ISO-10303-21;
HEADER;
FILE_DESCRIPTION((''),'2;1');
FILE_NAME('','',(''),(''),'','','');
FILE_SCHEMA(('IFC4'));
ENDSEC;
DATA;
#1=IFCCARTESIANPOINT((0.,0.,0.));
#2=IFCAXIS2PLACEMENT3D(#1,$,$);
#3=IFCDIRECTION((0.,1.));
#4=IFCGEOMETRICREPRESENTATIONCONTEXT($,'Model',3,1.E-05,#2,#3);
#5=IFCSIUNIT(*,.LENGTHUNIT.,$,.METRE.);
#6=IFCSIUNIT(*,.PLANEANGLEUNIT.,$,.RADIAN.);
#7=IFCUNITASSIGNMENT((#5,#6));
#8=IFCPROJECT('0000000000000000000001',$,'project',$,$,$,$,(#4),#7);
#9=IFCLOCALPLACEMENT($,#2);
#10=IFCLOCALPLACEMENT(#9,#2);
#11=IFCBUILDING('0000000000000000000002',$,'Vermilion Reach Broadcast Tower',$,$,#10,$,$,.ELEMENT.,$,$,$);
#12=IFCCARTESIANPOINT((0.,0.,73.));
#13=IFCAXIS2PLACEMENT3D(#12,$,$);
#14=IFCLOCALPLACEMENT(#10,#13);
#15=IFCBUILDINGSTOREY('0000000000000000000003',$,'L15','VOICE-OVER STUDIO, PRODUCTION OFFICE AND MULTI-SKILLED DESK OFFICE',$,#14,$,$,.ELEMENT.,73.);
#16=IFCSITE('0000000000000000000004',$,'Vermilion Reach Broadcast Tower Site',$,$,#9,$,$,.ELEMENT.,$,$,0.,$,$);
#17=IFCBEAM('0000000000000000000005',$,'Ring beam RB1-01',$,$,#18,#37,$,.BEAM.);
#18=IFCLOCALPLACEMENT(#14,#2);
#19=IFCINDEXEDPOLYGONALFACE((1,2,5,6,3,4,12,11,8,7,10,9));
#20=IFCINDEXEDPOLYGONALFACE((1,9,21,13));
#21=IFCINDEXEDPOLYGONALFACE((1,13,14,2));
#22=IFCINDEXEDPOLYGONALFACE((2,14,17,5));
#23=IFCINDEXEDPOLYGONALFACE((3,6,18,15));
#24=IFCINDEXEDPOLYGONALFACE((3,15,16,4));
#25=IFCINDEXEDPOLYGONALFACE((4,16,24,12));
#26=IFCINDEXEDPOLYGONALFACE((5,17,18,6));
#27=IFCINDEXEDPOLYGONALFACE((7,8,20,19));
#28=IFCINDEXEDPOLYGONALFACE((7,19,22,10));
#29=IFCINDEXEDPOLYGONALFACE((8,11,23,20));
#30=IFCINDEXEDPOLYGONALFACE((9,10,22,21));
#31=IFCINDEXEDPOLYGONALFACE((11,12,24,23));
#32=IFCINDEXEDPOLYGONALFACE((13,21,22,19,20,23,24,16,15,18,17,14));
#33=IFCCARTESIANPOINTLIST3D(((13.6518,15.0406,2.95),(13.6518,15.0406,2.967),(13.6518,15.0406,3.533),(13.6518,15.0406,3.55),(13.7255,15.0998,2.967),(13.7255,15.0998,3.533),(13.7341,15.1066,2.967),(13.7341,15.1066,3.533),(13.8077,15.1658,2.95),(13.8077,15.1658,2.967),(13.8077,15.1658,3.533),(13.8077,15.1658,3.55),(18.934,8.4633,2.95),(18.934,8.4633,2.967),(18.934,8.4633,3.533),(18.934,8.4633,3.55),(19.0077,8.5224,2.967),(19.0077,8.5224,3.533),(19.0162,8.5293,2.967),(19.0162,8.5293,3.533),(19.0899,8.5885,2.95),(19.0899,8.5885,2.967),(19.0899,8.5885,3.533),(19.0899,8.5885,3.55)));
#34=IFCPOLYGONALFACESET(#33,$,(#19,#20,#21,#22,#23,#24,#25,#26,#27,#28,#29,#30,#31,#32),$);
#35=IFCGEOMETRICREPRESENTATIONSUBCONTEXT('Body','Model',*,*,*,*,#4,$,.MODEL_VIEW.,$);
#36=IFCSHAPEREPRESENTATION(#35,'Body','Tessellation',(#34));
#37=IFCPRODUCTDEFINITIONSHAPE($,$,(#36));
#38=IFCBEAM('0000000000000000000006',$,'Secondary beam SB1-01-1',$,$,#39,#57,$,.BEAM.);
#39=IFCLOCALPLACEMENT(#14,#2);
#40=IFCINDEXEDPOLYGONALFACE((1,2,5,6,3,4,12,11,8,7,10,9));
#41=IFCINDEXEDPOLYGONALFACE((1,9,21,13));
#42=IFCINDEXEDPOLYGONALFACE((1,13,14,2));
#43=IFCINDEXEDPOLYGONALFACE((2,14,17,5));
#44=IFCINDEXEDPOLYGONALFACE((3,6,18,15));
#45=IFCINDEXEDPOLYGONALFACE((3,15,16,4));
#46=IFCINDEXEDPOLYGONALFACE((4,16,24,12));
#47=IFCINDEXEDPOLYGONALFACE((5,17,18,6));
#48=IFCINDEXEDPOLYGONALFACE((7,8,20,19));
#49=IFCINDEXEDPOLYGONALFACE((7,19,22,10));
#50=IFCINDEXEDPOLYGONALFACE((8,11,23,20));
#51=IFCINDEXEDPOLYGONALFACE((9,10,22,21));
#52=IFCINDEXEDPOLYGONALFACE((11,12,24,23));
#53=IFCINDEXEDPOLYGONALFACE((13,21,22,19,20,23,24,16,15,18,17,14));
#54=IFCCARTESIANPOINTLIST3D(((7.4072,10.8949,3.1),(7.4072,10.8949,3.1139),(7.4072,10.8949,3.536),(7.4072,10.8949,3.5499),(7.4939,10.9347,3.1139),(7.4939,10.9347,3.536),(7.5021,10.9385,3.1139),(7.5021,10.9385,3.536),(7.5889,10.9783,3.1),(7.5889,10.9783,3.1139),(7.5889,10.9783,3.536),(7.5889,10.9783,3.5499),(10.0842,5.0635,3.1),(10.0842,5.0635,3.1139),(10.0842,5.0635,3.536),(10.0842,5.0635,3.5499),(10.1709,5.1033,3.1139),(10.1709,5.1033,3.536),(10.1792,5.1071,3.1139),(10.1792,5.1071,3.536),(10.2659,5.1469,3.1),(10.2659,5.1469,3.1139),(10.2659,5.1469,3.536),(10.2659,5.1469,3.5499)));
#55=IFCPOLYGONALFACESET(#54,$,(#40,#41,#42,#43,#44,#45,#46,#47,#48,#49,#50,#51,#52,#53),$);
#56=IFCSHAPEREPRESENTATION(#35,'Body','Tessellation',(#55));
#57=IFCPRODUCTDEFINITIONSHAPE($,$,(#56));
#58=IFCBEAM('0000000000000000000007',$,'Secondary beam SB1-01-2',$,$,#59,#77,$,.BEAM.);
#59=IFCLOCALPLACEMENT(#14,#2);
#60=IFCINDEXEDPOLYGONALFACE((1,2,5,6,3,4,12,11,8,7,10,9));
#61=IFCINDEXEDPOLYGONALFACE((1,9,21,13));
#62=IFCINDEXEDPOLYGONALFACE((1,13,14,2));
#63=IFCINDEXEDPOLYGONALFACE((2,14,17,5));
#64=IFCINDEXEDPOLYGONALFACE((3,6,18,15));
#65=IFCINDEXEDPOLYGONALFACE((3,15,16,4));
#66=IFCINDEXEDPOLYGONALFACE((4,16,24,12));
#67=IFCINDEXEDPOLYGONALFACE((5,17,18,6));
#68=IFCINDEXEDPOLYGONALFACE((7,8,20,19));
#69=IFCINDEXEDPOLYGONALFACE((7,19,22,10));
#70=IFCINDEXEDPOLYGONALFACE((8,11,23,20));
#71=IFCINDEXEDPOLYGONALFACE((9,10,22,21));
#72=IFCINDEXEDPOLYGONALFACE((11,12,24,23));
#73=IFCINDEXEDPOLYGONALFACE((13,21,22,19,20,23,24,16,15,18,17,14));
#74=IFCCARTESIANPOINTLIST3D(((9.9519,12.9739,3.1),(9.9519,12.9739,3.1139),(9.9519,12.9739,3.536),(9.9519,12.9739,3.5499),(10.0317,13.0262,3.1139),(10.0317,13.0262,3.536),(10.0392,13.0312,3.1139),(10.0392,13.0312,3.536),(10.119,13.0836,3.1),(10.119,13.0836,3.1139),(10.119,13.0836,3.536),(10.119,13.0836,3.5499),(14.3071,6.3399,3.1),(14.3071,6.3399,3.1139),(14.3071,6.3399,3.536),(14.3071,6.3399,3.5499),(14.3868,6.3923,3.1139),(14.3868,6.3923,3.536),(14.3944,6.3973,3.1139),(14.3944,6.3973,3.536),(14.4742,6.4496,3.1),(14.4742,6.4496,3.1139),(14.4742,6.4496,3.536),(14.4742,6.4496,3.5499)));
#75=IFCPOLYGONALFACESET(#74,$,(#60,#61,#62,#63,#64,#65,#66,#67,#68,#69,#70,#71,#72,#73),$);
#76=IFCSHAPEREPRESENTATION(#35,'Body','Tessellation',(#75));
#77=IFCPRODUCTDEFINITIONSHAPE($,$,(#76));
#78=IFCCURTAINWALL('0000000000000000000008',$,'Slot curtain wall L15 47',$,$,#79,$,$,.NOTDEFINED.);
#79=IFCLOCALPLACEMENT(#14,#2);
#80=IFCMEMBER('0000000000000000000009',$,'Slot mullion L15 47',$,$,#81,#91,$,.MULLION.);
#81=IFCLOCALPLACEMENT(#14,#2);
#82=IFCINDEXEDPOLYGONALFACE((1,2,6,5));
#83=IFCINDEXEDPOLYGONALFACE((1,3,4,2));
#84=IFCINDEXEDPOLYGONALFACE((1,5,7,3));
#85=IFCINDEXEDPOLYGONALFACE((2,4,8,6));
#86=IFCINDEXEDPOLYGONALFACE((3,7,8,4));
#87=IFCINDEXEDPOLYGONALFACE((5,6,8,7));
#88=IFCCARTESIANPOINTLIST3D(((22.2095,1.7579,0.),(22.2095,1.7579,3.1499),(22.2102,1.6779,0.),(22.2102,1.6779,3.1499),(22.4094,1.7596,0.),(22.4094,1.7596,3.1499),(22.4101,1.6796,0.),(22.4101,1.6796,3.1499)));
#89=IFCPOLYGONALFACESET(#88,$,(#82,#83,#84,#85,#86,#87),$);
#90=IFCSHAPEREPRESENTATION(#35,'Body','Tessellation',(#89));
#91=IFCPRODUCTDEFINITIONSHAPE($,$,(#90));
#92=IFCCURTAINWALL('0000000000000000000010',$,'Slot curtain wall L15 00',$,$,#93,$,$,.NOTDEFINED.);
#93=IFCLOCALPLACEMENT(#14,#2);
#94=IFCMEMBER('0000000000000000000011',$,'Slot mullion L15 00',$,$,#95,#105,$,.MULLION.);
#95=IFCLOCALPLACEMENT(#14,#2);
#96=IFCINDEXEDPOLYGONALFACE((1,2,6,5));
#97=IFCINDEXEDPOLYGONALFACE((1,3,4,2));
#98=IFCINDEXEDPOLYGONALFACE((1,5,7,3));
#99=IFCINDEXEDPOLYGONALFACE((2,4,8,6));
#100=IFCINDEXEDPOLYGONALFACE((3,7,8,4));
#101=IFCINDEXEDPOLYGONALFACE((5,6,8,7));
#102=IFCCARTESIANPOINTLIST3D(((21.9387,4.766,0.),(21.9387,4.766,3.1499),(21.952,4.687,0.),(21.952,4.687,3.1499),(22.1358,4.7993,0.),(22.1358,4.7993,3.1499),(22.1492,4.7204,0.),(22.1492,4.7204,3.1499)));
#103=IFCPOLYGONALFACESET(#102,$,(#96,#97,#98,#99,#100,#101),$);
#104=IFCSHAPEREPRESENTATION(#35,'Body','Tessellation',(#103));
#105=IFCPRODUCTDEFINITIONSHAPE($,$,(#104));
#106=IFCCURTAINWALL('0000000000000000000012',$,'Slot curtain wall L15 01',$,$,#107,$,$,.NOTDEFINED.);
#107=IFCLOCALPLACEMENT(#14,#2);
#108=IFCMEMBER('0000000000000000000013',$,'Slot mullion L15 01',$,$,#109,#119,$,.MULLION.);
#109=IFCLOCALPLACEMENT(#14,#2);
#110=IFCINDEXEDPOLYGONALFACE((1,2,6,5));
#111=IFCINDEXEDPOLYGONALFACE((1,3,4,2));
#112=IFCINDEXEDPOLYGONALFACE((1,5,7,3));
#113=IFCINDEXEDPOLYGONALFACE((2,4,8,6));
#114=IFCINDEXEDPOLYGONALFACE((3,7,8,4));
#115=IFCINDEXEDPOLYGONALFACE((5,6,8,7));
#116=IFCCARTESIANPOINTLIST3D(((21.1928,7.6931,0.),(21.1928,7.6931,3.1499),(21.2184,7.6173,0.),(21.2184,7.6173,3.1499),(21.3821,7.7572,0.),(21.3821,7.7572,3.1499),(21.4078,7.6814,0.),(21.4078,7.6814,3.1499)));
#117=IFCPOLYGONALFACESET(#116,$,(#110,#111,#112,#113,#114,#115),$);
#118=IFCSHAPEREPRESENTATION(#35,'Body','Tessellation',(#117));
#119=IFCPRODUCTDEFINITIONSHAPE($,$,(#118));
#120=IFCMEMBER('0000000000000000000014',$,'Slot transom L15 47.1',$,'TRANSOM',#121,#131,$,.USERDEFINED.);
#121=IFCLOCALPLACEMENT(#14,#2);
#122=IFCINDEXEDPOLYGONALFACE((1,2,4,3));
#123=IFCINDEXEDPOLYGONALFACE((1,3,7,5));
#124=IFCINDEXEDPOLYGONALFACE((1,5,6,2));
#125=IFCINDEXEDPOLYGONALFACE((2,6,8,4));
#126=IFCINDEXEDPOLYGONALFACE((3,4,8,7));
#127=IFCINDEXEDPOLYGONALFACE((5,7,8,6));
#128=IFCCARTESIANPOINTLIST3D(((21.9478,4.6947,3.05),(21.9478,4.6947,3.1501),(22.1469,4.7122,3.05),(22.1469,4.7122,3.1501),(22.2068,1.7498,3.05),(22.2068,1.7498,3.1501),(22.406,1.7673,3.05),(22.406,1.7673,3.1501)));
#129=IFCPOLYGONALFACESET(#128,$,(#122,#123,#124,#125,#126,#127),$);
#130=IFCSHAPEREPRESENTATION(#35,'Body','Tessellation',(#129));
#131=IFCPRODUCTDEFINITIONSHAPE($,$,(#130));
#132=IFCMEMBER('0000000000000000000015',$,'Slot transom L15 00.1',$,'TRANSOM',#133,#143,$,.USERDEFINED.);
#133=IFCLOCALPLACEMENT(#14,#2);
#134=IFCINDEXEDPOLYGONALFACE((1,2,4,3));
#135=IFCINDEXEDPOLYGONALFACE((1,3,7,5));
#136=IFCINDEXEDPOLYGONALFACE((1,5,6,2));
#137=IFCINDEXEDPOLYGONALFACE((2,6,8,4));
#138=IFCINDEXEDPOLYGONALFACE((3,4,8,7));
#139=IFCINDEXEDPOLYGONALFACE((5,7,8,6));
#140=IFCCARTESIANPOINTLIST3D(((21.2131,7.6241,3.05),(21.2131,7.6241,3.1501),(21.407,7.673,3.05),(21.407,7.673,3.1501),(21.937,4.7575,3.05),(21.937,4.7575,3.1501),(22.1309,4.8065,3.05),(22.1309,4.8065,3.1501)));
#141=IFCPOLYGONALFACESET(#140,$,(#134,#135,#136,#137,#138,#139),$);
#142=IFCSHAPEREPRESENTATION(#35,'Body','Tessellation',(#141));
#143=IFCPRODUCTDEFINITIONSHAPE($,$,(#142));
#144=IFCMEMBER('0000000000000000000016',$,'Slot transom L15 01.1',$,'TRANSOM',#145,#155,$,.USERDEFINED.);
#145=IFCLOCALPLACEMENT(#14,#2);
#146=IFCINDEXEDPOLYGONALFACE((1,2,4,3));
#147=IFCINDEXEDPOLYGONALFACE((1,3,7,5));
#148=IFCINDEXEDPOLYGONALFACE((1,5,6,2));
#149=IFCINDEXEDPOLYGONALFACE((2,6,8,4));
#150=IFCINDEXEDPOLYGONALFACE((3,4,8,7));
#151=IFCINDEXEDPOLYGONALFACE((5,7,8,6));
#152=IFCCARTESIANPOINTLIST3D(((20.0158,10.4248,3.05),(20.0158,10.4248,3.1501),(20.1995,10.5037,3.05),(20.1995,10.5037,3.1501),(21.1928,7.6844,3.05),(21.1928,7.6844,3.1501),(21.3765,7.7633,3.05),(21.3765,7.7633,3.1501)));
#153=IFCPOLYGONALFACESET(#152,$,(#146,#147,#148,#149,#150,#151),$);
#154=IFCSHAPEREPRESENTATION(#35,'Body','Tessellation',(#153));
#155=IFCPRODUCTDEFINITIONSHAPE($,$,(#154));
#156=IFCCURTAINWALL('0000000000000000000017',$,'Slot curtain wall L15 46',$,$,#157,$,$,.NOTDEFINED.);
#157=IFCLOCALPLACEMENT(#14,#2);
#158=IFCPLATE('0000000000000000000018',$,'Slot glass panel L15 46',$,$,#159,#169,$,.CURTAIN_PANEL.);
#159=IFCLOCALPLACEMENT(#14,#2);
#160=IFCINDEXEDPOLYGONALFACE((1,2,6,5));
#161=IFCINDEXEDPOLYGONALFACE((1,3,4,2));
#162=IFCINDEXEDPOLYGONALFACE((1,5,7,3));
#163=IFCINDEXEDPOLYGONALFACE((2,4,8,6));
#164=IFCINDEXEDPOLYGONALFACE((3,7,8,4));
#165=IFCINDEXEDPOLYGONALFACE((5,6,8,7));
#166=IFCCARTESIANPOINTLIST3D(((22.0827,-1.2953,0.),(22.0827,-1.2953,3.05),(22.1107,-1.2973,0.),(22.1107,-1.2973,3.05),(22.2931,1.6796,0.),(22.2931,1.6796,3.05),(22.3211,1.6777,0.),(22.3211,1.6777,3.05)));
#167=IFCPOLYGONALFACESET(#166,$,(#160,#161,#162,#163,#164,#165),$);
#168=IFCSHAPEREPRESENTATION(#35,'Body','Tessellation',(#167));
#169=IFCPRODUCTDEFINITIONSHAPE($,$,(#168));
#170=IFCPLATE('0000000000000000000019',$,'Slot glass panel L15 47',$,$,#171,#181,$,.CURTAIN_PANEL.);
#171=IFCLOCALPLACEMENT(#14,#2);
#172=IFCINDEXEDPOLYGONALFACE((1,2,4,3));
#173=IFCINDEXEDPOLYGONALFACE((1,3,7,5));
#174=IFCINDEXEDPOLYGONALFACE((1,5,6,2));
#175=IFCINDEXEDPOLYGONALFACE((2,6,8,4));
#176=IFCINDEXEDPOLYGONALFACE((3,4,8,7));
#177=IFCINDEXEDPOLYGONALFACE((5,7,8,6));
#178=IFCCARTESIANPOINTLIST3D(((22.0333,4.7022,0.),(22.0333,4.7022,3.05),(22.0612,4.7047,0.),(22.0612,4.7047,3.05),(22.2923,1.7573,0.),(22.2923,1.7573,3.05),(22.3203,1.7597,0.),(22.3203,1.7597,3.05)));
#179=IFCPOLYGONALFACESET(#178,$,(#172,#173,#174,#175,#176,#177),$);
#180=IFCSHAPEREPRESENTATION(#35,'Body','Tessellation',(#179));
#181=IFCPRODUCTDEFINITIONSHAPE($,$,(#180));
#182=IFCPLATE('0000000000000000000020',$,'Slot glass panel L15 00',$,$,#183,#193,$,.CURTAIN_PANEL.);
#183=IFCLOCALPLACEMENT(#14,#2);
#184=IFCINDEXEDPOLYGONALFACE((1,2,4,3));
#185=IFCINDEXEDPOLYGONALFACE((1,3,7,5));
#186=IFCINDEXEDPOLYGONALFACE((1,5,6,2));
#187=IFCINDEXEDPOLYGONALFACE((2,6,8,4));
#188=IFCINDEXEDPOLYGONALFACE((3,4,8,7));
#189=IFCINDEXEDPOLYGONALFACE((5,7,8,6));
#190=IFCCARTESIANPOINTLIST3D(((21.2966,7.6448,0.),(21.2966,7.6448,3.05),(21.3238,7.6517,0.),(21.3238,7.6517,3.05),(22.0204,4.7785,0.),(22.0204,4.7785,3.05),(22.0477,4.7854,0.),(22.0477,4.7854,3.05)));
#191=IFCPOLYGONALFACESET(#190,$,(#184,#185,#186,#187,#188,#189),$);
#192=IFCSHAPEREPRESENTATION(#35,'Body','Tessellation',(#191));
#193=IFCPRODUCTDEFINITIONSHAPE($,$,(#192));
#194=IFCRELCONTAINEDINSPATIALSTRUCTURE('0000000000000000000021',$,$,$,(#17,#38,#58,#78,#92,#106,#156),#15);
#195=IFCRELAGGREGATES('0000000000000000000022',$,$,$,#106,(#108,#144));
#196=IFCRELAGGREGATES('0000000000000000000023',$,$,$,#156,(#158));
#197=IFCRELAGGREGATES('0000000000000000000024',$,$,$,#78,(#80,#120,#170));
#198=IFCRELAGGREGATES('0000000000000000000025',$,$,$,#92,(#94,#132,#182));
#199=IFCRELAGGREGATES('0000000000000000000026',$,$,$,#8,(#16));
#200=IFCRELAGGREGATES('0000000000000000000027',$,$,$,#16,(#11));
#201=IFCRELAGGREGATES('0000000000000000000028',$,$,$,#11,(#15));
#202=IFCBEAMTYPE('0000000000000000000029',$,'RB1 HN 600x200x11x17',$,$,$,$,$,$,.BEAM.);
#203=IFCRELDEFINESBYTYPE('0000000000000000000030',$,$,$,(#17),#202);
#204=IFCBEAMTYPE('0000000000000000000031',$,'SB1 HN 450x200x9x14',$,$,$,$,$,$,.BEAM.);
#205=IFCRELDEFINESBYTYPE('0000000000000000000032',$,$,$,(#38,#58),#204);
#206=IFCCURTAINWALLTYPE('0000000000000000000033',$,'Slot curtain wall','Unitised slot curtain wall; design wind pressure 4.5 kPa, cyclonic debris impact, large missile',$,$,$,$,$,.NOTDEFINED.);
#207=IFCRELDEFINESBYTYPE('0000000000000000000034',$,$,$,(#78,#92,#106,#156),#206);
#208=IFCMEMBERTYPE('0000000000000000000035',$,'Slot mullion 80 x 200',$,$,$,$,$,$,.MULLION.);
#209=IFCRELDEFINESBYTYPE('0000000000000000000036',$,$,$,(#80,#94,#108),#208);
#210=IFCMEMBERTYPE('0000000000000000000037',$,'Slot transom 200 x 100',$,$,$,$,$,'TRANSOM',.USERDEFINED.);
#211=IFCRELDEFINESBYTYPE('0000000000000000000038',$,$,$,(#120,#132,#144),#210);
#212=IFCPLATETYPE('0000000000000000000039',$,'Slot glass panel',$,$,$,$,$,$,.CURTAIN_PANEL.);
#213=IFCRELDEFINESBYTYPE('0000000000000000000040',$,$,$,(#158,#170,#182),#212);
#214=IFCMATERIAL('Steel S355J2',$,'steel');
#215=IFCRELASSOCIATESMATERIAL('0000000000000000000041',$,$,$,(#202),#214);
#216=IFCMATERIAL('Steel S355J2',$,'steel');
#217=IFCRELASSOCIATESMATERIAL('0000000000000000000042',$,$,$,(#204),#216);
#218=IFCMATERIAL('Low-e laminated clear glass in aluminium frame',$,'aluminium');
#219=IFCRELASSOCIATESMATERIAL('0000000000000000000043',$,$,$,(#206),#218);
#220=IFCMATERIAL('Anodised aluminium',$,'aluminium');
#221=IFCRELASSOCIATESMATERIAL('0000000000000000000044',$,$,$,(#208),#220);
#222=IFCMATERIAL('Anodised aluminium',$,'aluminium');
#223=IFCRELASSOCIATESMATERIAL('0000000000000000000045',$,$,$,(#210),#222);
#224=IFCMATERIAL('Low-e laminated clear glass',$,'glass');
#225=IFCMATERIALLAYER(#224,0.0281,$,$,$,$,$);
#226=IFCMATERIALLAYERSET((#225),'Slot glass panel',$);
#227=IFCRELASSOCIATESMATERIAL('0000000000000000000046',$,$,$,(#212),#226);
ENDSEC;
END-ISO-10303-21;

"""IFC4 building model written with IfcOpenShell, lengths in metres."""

from ifc_helpers import new_model, si_unit, direction, frame, origin, origin_2d, place, context, subcontext, project, spatial, rectangle, i_section, extrude, material, layer, layer_set, material_profile, profile_set, type_object, element, aggregate, save


model = new_model("IFC4")

# Units and contexts
model_context = context("Model", 3, precision=1e-05, world=origin(), true_north=direction((0.0, 1.0)))
body_context = subcontext(model_context, "Body", "Model", "MODEL_VIEW")
ifc_project = project(units=[si_unit("LENGTHUNIT", "METRE"), si_unit("PLANEANGLEUNIT", "RADIAN")], contexts=[model_context])

# Site, building, storey
site_placement = place(None, origin())
site = spatial("IfcSite", under=ifc_project, at=site_placement, Name="Vermilion Reach Broadcast Tower Site", CompositionType="ELEMENT", RefElevation=0.0)
building_placement = place(site_placement, origin())
building = spatial("IfcBuilding", under=site, at=building_placement, Name="Vermilion Reach Broadcast Tower", CompositionType="ELEMENT")
storey_placement = place(building_placement, frame((0.0, 0.0, 73.0)))
storey = spatial("IfcBuildingStorey", under=building, at=storey_placement, Name="L15", Description="VOICE-OVER STUDIO, PRODUCTION OFFICE AND MULTI-SKILLED DESK OFFICE", CompositionType="ELEMENT", Elevation=73.0)

# Beams
ifc_material_1 = material(Name="Steel S355J2", Category="steel")
ifc_material_profile_1 = material_profile(ifc_material_1, i_section(OverallWidth=0.2, OverallDepth=0.6001, WebThickness=0.011, FlangeThickness=0.0171, at=origin_2d()), Name="S355J2 HN 600x200x11x17")
ifc_profile_set_1 = profile_set([ifc_material_profile_1], Name="Steel S355J2")
beam_type_1 = type_object("IfcBeamType", Name="RB1 HN 600x200x11x17", PredefinedType="BEAM", material=ifc_profile_set_1)
beam_1_placement = place(storey_placement, frame((19.012, 8.5259, 3.25), z_axis=(-0.626162, 0.779693, 0.0), x_axis=(-0.779693, -0.626162, 0.0)))
element("IfcBeam", 1, at=beam_1_placement, inside=storey, type_object=beam_type_1, Name="Ring beam RB1-01", PredefinedType="BEAM", context=body_context, shape_type="SweptSolid", body=[
    extrude(i_section(OverallWidth=0.2, OverallDepth=0.6001, WebThickness=0.011, FlangeThickness=0.0171, at=origin_2d()), origin(), (0.0, 0.0, 1.0), 8.4358),
])
ifc_material_2 = material(Name="Steel S355J2", Category="steel")
ifc_material_profile_2 = material_profile(ifc_material_2, i_section(OverallWidth=0.2, OverallDepth=0.45, WebThickness=0.009, FlangeThickness=0.0139, at=origin_2d()), Name="S355J2 HN 450x200x9x14")
ifc_profile_set_2 = profile_set([ifc_material_profile_2], Name="Steel S355J2")
beam_type_2 = type_object("IfcBeamType", Name="SB1 HN 450x200x9x14", PredefinedType="BEAM", material=ifc_profile_set_2)
beam_2_placement = place(storey_placement, frame((10.175, 5.1052, 3.325), z_axis=(-0.417211, 0.908809, 0.0), x_axis=(-0.908809, -0.417211, 0.0)))
element("IfcBeam", 2, at=beam_2_placement, inside=storey, type_object=beam_type_2, Name="Secondary beam SB1-01-1", PredefinedType="BEAM", context=body_context, shape_type="SweptSolid", body=[
    extrude(i_section(OverallWidth=0.2, OverallDepth=0.45, WebThickness=0.009, FlangeThickness=0.0139, at=origin_2d()), origin(), (0.0, 0.0, 1.0), 6.4165),
])
beam_3_placement = place(storey_placement, frame((14.3906, 6.3948, 3.325), z_axis=(-0.548801, 0.835953, 0.0), x_axis=(-0.835953, -0.548801, 0.0)))
element("IfcBeam", 3, at=beam_3_placement, inside=storey, type_object=beam_type_2, Name="Secondary beam SB1-01-2", PredefinedType="BEAM", context=body_context, shape_type="SweptSolid", body=[
    extrude(i_section(OverallWidth=0.2, OverallDepth=0.45, WebThickness=0.009, FlangeThickness=0.0139, at=origin_2d()), origin(), (0.0, 0.0, 1.0), 7.9358),
])

# Curtain walls, members
ifc_material_3 = material(Name="Low-e laminated clear glass in aluminium frame", Category="aluminium")
curtain_wall_type = type_object("IfcCurtainWallType", Name="Slot curtain wall", Description="Unitised slot curtain wall; design wind pressure 4.5 kPa, cyclonic debris impact, large missile", PredefinedType="NOTDEFINED", material=ifc_material_3)
placement = place(storey_placement, origin())
curtain_wall_1 = element("IfcCurtainWall", 4, at=placement, inside=storey, type_object=curtain_wall_type, Name="Slot curtain wall L15 47", PredefinedType="NOTDEFINED")
ifc_material_4 = material(Name="Anodised aluminium", Category="aluminium")
ifc_material_profile_3 = material_profile(ifc_material_4, rectangle(XDim=0.2, YDim=0.0801, at=origin_2d()), Name="Slot mullion 80 x 200")
ifc_profile_set_3 = profile_set([ifc_material_profile_3], Name="Anodised aluminium")
member_type_1 = type_object("IfcMemberType", Name="Slot mullion 80 x 200", PredefinedType="MULLION", material=ifc_profile_set_3)
member_1_placement = place(storey_placement, frame((22.3098, 1.7188, 0.0), z_axis=(0.0, 0.0, 1.0), x_axis=(-0.999963, -0.008572, 0.0)))
member_1 = element("IfcMember", 5, at=member_1_placement, type_object=member_type_1, Name="Slot mullion L15 47", PredefinedType="MULLION", context=body_context, shape_type="SweptSolid", body=[
    extrude(rectangle(XDim=0.2, YDim=0.0801, at=origin_2d()), origin(), (0.0, 0.0, 1.0), 3.1499),
])
curtain_wall_2 = element("IfcCurtainWall", 6, at=placement, inside=storey, type_object=curtain_wall_type, Name="Slot curtain wall L15 00", PredefinedType="NOTDEFINED")
member_2_placement = place(storey_placement, frame((22.0439, 4.7432, 0.0), z_axis=(0.0, 0.0, 1.0), x_axis=(-0.985996, -0.166769, 0.0)))
member_2 = element("IfcMember", 7, at=member_2_placement, type_object=member_type_1, Name="Slot mullion L15 00", PredefinedType="MULLION", context=body_context, shape_type="SweptSolid", body=[
    extrude(rectangle(XDim=0.2, YDim=0.0801, at=origin_2d()), origin(), (0.0, 0.0, 1.0), 3.1499),
])
curtain_wall_3 = element("IfcCurtainWall", 8, at=placement, inside=storey, type_object=curtain_wall_type, Name="Slot curtain wall L15 01", PredefinedType="NOTDEFINED")
member_3_placement = place(storey_placement, frame((21.3003, 7.6873, 0.0), z_axis=(0.0, 0.0, 1.0), x_axis=(-0.947161, -0.32076, 0.0)))
member_3 = element("IfcMember", 9, at=member_3_placement, type_object=member_type_1, Name="Slot mullion L15 01", PredefinedType="MULLION", context=body_context, shape_type="SweptSolid", body=[
    extrude(rectangle(XDim=0.2, YDim=0.0801, at=origin_2d()), origin(), (0.0, 0.0, 1.0), 3.1499),
])

# Members
ifc_material_5 = material(Name="Anodised aluminium", Category="aluminium")
ifc_material_profile_4 = material_profile(ifc_material_5, rectangle(XDim=0.2, YDim=0.1001, at=origin_2d()), Name="Slot transom 200 x 100")
ifc_profile_set_4 = profile_set([ifc_material_profile_4], Name="Anodised aluminium")
member_type_2 = type_object("IfcMemberType", Name="Slot transom 200 x 100", ElementType="TRANSOM", PredefinedType="USERDEFINED", material=ifc_profile_set_4)
member_4_placement = place(storey_placement, frame((22.3064, 1.7585, 3.1001), z_axis=(-0.087624, 0.996154, 0.0), x_axis=(-0.996154, -0.087624, 0.0)))
member_4 = element("IfcMember", 10, at=member_4_placement, type_object=member_type_2, Name="Slot transom L15 47.1", ObjectType="TRANSOM", PredefinedType="USERDEFINED", context=body_context, shape_type="SweptSolid", body=[
    extrude(rectangle(XDim=0.2, YDim=0.1001, at=origin_2d()), origin(), (0.0, 0.0, 1.0), 2.9563),
])
member_5_placement = place(storey_placement, frame((22.0339, 4.782, 3.1001), z_axis=(-0.244847, 0.969562, 0.0), x_axis=(-0.969562, -0.244847, 0.0)))
member_5 = element("IfcMember", 11, at=member_5_placement, type_object=member_type_2, Name="Slot transom L15 00.1", ObjectType="TRANSOM", PredefinedType="USERDEFINED", context=body_context, shape_type="SweptSolid", body=[
    extrude(rectangle(XDim=0.2, YDim=0.1001, at=origin_2d()), origin(), (0.0, 0.0, 1.0), 2.9565),
])
member_6_placement = place(storey_placement, frame((21.2847, 7.7239, 3.1001), z_axis=(-0.39466, 0.918827, 0.0), x_axis=(-0.918827, -0.39466, 0.0)))
member_6 = element("IfcMember", 12, at=member_6_placement, type_object=member_type_2, Name="Slot transom L15 01.1", ObjectType="TRANSOM", PredefinedType="USERDEFINED", context=body_context, shape_type="SweptSolid", body=[
    extrude(rectangle(XDim=0.2, YDim=0.1001, at=origin_2d()), origin(), (0.0, 0.0, 1.0), 2.9824),
])
aggregate(curtain_wall_3, [member_3, member_6])

# Curtain wall, plate
curtain_wall_4 = element("IfcCurtainWall", 13, at=placement, inside=storey, type_object=curtain_wall_type, Name="Slot curtain wall L15 46", PredefinedType="NOTDEFINED")
ifc_material_6 = material(Name="Low-e laminated clear glass", Category="glass")
ifc_layer_1 = layer(ifc_material_6, 0.0281)
ifc_layer_set_1 = layer_set([ifc_layer_1], Name="Slot glass panel")
plate_type = type_object("IfcPlateType", Name="Slot glass panel", PredefinedType="CURTAIN_PANEL", material=ifc_layer_set_1)
plate_1_placement = place(storey_placement, frame((22.2019, 0.1912, 0.0), z_axis=(0.0, 0.0, 1.0), x_axis=(0.070532, 0.99751, 0.0)))
plate_1 = element("IfcPlate", 14, at=plate_1_placement, type_object=plate_type, Name="Slot glass panel L15 46", PredefinedType="CURTAIN_PANEL", context=body_context, shape_type="SweptSolid", body=[
    extrude(rectangle(XDim=2.9824, YDim=0.0281, at=origin_2d()), origin(), (0.0, 0.0, 1.0), 3.05),
])
aggregate(curtain_wall_4, [plate_1])

# Plates
plate_2_placement = place(storey_placement, frame((22.1768, 3.231, 0.0), z_axis=(0.0, 0.0, 1.0), x_axis=(-0.087621, 0.996154, 0.0)))
plate_2 = element("IfcPlate", 15, at=plate_2_placement, type_object=plate_type, Name="Slot glass panel L15 47", PredefinedType="CURTAIN_PANEL", context=body_context, shape_type="SweptSolid", body=[
    extrude(rectangle(XDim=2.9563, YDim=0.0281, at=origin_2d()), origin(), (0.0, 0.0, 1.0), 3.05),
])
aggregate(curtain_wall_1, [member_1, member_4, plate_2])
plate_3_placement = place(storey_placement, frame((21.6721, 6.2151, 0.0), z_axis=(0.0, 0.0, 1.0), x_axis=(-0.244855, 0.96956, 0.0)))
plate_3 = element("IfcPlate", 16, at=plate_3_placement, type_object=plate_type, Name="Slot glass panel L15 00", PredefinedType="CURTAIN_PANEL", context=body_context, shape_type="SweptSolid", body=[
    extrude(rectangle(XDim=2.9563, YDim=0.0281, at=origin_2d()), origin(), (0.0, 0.0, 1.0), 3.05),
])
aggregate(curtain_wall_2, [member_2, member_5, plate_3])

save(model, "model.ifc")
